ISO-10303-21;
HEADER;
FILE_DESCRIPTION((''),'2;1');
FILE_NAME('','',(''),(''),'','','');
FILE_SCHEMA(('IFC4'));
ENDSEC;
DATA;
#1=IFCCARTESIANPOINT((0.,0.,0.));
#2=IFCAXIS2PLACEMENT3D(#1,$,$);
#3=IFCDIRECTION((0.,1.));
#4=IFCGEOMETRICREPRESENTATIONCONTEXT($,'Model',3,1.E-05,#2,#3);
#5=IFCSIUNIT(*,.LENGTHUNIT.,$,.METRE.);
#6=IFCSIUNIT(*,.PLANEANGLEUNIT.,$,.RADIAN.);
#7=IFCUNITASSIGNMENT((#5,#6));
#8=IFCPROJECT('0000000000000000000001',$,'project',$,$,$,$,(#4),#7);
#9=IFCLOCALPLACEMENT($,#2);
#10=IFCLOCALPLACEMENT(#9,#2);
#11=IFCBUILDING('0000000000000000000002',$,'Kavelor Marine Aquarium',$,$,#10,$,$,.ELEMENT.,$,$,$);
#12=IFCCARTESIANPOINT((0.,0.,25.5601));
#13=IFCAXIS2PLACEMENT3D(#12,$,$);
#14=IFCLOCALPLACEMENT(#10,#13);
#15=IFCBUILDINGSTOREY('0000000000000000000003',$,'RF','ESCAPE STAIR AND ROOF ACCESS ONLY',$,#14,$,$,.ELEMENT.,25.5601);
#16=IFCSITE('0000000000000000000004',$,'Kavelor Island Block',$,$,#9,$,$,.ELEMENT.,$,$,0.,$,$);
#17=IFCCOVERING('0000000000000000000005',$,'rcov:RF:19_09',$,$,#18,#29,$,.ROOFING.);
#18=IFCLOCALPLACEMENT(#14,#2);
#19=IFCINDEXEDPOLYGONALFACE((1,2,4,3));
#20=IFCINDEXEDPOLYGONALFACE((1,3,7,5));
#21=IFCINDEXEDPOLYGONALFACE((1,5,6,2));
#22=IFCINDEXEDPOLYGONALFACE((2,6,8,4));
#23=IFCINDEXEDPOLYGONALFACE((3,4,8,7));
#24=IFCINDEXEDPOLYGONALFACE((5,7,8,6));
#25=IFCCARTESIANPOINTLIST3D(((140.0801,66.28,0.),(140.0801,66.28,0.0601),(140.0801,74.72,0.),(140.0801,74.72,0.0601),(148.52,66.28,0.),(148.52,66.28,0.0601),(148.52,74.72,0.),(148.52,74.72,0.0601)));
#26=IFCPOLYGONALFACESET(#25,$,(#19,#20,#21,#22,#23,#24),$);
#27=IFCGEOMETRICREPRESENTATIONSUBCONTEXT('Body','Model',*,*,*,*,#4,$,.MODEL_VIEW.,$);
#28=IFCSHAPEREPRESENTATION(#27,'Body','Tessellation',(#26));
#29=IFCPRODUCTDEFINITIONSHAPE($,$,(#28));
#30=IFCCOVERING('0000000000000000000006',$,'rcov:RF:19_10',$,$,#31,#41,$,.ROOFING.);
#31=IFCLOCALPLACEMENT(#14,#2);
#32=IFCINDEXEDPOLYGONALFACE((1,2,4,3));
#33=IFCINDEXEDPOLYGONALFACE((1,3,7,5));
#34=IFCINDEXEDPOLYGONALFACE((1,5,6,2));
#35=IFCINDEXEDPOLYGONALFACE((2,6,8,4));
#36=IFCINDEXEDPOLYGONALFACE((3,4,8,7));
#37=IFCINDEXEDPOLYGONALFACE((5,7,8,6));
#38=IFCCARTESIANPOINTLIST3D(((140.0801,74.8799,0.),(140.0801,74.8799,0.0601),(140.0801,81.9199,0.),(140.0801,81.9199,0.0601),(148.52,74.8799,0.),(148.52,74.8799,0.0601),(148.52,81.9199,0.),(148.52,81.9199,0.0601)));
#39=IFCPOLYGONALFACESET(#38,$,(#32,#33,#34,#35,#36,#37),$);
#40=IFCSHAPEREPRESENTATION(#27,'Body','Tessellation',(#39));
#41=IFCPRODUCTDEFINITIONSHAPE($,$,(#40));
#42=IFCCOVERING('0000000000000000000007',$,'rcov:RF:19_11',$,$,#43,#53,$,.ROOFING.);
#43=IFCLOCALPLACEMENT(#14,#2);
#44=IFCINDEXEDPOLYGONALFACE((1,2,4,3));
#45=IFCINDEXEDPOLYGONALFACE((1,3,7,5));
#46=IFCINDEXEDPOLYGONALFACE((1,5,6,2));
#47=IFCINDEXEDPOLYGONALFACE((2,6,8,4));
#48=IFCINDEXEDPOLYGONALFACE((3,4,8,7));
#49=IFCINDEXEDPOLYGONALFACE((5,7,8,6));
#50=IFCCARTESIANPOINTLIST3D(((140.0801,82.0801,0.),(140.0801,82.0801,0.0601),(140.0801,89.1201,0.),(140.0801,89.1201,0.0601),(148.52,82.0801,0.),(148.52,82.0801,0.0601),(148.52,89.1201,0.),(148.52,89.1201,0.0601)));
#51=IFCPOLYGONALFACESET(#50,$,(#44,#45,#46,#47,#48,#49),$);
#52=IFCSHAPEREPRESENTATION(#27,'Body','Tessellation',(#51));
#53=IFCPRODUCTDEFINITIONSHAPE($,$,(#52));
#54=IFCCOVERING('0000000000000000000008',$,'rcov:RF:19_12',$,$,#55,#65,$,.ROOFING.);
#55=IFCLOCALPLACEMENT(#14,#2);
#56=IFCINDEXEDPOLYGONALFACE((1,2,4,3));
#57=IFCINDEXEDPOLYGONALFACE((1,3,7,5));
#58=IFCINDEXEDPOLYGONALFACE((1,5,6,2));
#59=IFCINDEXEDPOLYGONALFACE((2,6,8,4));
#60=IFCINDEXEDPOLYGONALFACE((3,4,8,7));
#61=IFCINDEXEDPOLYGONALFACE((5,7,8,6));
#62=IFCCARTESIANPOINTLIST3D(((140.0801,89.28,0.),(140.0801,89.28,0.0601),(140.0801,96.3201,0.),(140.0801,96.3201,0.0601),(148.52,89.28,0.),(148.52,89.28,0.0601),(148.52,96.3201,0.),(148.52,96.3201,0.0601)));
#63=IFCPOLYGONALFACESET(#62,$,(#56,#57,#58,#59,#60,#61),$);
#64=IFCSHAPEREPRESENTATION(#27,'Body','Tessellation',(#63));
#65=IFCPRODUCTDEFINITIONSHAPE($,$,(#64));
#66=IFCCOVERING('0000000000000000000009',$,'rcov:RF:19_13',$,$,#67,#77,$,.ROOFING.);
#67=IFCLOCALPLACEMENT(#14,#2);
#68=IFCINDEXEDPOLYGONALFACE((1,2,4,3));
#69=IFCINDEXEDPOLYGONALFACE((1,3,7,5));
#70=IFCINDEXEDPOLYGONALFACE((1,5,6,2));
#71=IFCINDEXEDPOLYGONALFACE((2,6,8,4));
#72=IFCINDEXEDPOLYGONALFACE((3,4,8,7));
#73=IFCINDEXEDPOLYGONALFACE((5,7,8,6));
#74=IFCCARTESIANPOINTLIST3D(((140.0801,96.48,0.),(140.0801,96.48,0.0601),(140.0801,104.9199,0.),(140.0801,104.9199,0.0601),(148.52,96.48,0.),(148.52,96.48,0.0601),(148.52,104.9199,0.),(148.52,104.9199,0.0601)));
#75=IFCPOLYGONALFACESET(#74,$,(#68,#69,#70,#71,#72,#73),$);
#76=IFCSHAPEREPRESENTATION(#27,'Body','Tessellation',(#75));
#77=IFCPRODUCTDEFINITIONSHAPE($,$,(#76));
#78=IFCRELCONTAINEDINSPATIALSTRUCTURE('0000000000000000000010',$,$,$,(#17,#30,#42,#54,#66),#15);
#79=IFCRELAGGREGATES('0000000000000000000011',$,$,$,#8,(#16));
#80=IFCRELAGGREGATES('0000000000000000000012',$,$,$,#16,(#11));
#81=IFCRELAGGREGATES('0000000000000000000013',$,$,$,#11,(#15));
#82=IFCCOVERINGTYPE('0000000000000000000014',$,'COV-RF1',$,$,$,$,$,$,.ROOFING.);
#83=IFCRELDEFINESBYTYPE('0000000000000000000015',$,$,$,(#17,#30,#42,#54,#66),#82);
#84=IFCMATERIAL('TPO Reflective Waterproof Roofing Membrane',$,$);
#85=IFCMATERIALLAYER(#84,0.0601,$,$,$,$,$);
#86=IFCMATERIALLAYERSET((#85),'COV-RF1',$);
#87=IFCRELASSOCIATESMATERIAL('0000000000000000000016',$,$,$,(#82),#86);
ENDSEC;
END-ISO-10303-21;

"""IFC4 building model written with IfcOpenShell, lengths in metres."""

from ifc_helpers import new_model, si_unit, direction, frame, origin, place, context, subcontext, project, spatial, polyline, outline, extrude, material, layer, layer_set, type_object, element, save


model = new_model("IFC4")

# Units and contexts
model_context = context("Model", 3, precision=1e-05, world=origin(), true_north=direction((0.0, 1.0)))
body_context = subcontext(model_context, "Body", "Model", "MODEL_VIEW")
ifc_project = project(units=[si_unit("LENGTHUNIT", "METRE"), si_unit("PLANEANGLEUNIT", "RADIAN")], contexts=[model_context])

# Site, building, storey
site_placement = place(None, origin())
site = spatial("IfcSite", under=ifc_project, at=site_placement, Name="Kavelor Island Block", CompositionType="ELEMENT", RefElevation=0.0)
building_placement = place(site_placement, origin())
building = spatial("IfcBuilding", under=site, at=building_placement, Name="Kavelor Marine Aquarium", CompositionType="ELEMENT")
storey_placement = place(building_placement, frame((0.0, 0.0, 25.5601)))
storey = spatial("IfcBuildingStorey", under=building, at=storey_placement, Name="RF", Description="ESCAPE STAIR AND ROOF ACCESS ONLY", CompositionType="ELEMENT", Elevation=25.5601)

# Coverings
ifc_material_1 = material(Name="TPO Reflective Waterproof Roofing Membrane")
ifc_layer_1 = layer(ifc_material_1, 0.0601)
ifc_layer_set_1 = layer_set([ifc_layer_1], Name="COV-RF1")
covering_type = type_object("IfcCoveringType", Name="COV-RF1", PredefinedType="ROOFING", material=ifc_layer_set_1)
covering_1_placement = place(storey_placement, origin())
element("IfcCovering", 1, at=covering_1_placement, inside=storey, type_object=covering_type, Name="rcov:RF:19_09", PredefinedType="ROOFING", context=body_context, shape_type="SweptSolid", body=[
    extrude(outline(polyline([(140.0801, 66.28), (148.52, 66.28), (148.52, 74.72), (140.0801, 74.72), (140.0801, 66.28)])), origin(), (0.0, 0.0, 1.0), 0.0601),
])
covering_2_placement = place(storey_placement, origin())
element("IfcCovering", 2, at=covering_2_placement, inside=storey, type_object=covering_type, Name="rcov:RF:19_10", PredefinedType="ROOFING", context=body_context, shape_type="SweptSolid", body=[
    extrude(outline(polyline([(140.0801, 74.8799), (148.52, 74.8799), (148.52, 81.9199), (140.0801, 81.9199), (140.0801, 74.8799)])), origin(), (0.0, 0.0, 1.0), 0.0601),
])
covering_3_placement = place(storey_placement, origin())
element("IfcCovering", 3, at=covering_3_placement, inside=storey, type_object=covering_type, Name="rcov:RF:19_11", PredefinedType="ROOFING", context=body_context, shape_type="SweptSolid", body=[
    extrude(outline(polyline([(140.0801, 82.0801), (148.52, 82.0801), (148.52, 89.1201), (140.0801, 89.1201), (140.0801, 82.0801)])), origin(), (0.0, 0.0, 1.0), 0.0601),
])
covering_4_placement = place(storey_placement, origin())
element("IfcCovering", 4, at=covering_4_placement, inside=storey, type_object=covering_type, Name="rcov:RF:19_12", PredefinedType="ROOFING", context=body_context, shape_type="SweptSolid", body=[
    extrude(outline(polyline([(140.0801, 89.28), (148.52, 89.28), (148.52, 96.3201), (140.0801, 96.3201), (140.0801, 89.28)])), origin(), (0.0, 0.0, 1.0), 0.0601),
])
covering_5_placement = place(storey_placement, origin())
element("IfcCovering", 5, at=covering_5_placement, inside=storey, type_object=covering_type, Name="rcov:RF:19_13", PredefinedType="ROOFING", context=body_context, shape_type="SweptSolid", body=[
    extrude(outline(polyline([(140.0801, 96.48), (148.52, 96.48), (148.52, 104.9199), (140.0801, 104.9199), (140.0801, 96.48)])), origin(), (0.0, 0.0, 1.0), 0.0601),
])

save(model, "model.ifc")
